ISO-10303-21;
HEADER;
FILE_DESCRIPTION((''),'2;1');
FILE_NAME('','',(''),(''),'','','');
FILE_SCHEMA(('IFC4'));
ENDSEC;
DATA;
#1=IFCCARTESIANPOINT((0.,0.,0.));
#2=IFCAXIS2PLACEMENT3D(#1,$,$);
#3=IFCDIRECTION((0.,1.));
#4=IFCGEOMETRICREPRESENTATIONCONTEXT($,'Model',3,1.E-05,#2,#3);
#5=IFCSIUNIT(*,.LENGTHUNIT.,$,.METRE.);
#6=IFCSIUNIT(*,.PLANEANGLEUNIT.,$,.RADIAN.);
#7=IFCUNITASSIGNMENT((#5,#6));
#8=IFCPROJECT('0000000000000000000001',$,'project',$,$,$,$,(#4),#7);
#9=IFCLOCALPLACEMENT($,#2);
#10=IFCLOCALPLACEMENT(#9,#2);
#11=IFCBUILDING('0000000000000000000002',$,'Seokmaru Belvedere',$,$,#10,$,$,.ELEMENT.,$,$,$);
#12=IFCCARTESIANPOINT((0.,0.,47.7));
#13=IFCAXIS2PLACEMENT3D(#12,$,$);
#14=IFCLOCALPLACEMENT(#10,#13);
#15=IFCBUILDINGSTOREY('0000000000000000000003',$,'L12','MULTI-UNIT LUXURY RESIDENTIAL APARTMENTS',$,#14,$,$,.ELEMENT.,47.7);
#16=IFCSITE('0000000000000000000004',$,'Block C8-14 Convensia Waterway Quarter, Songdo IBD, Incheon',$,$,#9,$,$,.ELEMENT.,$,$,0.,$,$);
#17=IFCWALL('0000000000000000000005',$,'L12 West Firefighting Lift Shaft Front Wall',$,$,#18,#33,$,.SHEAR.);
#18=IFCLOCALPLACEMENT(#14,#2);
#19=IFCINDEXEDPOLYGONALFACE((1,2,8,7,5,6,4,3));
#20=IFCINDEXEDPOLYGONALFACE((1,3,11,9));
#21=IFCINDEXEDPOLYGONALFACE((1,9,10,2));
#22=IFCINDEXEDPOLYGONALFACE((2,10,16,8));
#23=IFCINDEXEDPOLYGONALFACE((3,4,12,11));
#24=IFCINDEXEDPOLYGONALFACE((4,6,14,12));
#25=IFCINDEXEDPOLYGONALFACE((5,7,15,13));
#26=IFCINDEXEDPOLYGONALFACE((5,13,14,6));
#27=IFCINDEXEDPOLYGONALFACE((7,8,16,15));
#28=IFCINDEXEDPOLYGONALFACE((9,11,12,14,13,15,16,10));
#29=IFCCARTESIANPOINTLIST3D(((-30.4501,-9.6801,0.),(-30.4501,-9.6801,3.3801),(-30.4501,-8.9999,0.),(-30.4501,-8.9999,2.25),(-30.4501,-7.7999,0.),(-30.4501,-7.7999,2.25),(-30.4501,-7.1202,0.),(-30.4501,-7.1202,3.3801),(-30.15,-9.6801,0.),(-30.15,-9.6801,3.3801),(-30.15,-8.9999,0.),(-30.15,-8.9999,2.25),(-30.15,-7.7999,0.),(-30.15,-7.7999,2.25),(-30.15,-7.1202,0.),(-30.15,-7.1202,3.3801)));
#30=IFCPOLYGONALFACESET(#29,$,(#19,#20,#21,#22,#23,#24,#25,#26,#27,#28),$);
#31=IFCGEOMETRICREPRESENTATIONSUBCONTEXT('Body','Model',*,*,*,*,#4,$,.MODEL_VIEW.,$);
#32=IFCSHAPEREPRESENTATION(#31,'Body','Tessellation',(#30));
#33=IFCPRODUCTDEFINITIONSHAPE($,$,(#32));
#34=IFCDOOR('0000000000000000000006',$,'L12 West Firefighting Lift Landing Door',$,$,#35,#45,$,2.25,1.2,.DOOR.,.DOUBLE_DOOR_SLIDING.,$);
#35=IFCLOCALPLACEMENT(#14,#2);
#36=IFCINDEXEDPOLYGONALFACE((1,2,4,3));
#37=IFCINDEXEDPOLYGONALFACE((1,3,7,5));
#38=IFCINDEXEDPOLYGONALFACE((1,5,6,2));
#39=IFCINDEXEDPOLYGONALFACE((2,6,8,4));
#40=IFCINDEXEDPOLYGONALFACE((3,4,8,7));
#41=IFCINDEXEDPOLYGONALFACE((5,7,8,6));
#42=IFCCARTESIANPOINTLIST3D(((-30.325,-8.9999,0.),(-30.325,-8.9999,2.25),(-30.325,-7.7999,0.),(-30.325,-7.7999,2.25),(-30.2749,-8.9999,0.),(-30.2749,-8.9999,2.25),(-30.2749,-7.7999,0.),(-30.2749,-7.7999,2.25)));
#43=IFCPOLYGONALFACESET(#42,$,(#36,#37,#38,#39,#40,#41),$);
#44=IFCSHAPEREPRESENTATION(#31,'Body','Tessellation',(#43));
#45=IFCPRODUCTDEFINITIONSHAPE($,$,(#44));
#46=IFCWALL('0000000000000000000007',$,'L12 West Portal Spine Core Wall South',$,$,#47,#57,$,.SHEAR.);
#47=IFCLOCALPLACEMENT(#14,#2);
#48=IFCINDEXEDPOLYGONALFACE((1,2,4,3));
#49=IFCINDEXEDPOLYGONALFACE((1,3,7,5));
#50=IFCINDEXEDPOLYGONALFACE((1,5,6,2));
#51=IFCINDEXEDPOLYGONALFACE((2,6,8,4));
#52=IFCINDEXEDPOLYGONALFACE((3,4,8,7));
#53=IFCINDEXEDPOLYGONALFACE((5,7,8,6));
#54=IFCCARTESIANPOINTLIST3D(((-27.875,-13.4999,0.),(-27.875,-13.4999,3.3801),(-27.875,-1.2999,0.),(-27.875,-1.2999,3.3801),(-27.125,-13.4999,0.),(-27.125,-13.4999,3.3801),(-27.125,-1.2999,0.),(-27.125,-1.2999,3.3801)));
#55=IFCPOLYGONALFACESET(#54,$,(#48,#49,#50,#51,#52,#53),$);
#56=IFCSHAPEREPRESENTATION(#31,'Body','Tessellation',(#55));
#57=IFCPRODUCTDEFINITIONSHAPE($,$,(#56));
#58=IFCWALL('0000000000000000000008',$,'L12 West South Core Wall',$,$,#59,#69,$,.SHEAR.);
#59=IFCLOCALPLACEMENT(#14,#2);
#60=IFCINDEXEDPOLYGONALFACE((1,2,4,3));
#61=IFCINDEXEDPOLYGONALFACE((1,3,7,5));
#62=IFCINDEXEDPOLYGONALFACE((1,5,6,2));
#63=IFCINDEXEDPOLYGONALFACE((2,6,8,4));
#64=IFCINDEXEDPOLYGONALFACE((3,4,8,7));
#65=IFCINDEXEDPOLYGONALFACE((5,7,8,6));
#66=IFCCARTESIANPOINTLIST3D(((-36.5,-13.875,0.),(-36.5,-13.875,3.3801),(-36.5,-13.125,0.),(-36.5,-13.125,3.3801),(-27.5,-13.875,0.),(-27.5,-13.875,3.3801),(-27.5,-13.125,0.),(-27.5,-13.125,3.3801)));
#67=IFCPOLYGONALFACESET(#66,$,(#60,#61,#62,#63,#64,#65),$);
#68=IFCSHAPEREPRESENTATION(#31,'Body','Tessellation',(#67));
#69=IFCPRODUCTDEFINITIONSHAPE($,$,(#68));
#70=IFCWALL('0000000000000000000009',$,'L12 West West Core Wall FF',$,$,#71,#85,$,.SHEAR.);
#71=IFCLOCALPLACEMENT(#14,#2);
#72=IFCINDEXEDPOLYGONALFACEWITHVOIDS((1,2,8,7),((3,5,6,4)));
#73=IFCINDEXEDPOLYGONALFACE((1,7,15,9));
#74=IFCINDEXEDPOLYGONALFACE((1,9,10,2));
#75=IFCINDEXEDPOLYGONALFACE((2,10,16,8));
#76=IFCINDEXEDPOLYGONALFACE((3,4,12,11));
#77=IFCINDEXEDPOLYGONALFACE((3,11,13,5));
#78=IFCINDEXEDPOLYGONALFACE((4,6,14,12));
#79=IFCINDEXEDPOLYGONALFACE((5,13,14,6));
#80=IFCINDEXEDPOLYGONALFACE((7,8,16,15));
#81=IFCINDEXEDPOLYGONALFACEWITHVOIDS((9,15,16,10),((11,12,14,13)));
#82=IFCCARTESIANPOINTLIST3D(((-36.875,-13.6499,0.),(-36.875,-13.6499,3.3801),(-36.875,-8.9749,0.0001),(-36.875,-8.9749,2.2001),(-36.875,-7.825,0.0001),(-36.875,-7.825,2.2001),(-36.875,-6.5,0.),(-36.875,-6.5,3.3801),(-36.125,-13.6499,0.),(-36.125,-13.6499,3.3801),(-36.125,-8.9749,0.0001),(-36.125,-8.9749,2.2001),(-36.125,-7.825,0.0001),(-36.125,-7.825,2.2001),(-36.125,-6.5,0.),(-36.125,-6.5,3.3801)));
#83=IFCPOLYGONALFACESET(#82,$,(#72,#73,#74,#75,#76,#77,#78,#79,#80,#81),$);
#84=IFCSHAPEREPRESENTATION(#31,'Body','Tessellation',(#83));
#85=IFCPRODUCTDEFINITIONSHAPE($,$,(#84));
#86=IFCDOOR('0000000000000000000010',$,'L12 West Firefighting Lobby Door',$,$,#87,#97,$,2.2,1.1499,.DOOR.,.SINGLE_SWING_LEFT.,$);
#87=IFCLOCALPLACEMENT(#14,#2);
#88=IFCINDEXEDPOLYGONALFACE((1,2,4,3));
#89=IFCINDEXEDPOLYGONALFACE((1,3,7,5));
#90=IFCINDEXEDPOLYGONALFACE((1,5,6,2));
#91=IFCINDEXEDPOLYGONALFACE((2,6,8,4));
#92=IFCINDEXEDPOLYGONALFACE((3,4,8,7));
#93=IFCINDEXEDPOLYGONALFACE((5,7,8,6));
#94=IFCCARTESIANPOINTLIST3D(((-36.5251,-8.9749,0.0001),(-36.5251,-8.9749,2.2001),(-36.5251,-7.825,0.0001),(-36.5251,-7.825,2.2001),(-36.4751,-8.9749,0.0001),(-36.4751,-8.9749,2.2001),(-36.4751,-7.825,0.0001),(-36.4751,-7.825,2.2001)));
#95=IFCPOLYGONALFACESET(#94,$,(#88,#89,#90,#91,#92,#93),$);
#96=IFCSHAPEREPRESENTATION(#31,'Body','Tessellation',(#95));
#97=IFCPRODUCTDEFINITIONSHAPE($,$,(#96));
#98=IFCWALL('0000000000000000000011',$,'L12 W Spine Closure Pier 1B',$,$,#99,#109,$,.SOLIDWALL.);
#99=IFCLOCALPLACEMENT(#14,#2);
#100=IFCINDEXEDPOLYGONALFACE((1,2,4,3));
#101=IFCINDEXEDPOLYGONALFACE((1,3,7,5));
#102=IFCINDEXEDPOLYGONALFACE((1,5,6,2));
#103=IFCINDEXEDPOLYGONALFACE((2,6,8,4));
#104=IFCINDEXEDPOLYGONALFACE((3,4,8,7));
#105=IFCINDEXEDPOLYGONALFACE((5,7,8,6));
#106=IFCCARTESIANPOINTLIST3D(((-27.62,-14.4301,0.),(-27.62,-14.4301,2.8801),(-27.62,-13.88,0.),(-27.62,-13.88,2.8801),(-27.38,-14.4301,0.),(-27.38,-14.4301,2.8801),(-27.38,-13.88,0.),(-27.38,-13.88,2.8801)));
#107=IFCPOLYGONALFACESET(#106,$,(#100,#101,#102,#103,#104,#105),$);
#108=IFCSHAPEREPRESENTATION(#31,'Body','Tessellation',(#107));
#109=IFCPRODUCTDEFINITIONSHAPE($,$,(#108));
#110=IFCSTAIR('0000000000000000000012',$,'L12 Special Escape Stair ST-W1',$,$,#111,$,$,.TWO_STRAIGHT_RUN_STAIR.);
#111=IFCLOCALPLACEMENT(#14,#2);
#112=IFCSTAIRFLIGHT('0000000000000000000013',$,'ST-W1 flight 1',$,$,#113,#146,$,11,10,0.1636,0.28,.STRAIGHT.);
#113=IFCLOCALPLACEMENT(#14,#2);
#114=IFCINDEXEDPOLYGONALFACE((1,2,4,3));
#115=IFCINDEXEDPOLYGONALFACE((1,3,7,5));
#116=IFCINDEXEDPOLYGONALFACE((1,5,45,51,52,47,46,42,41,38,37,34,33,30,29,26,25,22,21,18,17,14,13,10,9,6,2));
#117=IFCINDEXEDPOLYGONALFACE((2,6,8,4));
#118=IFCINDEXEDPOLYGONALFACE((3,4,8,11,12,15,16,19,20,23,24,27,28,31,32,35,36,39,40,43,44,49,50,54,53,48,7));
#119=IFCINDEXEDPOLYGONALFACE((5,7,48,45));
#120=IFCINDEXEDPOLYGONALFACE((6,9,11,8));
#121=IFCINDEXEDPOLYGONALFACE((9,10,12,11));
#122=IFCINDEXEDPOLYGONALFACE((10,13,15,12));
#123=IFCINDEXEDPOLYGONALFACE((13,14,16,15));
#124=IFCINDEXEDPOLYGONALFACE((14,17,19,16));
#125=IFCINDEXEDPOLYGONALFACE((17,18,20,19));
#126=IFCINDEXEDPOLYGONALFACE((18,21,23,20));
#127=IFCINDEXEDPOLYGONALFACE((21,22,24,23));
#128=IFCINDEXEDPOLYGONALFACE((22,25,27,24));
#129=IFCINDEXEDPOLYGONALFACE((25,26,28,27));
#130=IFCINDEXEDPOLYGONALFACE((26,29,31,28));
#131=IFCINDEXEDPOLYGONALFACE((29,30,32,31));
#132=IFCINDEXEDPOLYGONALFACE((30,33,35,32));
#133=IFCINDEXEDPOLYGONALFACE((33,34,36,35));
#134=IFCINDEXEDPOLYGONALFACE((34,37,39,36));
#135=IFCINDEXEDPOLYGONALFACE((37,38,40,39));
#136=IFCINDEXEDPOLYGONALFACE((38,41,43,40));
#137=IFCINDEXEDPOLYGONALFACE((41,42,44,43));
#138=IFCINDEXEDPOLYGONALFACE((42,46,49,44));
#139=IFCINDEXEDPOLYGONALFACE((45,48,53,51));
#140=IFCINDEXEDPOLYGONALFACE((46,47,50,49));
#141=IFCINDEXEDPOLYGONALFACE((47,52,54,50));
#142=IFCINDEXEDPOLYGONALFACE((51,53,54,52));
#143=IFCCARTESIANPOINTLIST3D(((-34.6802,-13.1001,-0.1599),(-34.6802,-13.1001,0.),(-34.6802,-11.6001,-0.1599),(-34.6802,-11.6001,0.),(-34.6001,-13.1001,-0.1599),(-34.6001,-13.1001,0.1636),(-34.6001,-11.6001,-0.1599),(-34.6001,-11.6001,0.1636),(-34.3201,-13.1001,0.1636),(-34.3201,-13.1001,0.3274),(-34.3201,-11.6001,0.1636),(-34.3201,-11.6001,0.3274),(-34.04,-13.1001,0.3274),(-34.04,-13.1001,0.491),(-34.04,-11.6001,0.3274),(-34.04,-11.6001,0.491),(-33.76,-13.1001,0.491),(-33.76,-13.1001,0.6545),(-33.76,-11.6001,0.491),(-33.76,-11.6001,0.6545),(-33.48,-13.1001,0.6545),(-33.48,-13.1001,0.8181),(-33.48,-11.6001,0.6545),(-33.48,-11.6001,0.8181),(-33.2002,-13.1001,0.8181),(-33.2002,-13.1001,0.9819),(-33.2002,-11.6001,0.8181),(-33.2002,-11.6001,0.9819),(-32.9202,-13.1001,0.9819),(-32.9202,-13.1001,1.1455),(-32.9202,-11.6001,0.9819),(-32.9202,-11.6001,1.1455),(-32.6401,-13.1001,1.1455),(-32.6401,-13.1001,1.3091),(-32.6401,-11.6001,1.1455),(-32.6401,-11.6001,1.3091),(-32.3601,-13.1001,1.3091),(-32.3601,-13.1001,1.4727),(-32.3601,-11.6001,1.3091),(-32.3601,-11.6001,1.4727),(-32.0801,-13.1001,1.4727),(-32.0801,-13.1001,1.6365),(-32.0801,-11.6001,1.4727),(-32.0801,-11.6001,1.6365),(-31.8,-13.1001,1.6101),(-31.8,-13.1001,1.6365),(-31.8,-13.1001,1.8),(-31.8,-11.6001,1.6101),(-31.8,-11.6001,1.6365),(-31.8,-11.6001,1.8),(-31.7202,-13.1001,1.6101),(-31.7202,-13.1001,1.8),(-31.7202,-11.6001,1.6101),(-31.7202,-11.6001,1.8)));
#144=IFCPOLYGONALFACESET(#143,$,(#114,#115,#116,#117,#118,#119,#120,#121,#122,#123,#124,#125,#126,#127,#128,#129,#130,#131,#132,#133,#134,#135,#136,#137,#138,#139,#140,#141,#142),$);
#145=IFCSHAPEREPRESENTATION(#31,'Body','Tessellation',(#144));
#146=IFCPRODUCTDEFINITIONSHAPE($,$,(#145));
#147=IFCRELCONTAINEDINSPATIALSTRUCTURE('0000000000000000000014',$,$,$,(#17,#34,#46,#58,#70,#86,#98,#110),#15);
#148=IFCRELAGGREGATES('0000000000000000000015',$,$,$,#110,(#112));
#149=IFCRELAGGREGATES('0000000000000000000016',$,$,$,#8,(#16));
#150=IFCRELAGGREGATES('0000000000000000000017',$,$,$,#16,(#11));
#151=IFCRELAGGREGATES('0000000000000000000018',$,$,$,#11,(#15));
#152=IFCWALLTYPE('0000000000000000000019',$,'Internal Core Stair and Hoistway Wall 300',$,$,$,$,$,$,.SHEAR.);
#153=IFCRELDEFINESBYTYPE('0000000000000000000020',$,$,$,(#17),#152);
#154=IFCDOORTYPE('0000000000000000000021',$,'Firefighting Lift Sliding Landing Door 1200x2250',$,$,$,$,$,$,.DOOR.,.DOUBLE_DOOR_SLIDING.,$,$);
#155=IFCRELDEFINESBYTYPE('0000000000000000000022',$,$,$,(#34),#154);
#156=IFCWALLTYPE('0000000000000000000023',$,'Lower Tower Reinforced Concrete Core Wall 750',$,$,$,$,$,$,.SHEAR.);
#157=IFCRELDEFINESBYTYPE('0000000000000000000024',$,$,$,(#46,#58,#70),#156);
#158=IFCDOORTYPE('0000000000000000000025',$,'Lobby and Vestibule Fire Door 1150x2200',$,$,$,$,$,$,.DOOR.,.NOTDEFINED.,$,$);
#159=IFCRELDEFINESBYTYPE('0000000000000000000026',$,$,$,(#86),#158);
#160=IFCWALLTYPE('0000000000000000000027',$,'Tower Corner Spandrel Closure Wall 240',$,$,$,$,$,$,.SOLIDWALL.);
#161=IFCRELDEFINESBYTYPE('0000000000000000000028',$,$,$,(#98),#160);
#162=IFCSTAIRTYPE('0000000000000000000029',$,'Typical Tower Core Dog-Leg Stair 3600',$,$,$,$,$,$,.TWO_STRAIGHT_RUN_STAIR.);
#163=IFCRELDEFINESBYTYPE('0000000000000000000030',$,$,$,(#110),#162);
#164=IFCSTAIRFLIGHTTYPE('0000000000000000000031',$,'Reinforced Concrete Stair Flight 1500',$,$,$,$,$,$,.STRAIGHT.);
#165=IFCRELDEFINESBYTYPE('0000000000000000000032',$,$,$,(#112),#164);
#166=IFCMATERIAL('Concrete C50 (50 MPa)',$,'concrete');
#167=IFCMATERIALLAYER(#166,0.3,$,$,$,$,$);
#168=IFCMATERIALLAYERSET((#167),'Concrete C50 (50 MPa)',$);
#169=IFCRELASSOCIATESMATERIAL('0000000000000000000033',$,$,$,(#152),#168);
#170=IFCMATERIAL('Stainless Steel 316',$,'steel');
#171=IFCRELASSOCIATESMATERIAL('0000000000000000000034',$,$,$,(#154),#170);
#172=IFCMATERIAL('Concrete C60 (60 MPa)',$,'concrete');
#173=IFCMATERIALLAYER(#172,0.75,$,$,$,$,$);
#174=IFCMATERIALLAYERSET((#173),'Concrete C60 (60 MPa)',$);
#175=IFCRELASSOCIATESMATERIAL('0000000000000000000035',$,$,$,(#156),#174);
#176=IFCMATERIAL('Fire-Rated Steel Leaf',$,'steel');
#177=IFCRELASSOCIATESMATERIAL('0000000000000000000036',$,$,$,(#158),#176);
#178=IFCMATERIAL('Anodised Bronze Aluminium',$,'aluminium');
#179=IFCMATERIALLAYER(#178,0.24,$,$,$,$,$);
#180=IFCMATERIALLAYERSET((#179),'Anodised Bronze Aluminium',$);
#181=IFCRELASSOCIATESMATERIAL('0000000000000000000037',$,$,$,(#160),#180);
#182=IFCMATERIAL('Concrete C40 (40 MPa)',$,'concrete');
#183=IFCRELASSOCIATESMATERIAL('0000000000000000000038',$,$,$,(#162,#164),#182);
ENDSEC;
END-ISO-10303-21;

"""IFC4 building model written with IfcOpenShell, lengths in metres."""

from ifc_helpers import new_model, si_unit, direction, frame, frame_2d, origin, place, context, subcontext, project, spatial, polyline, rectangle, outline, extrude, source, transform, mapped, material, layer, layer_set, type_object, type_shapes, element, fill, aggregate, save


model = new_model("IFC4")

# Units and contexts
model_context = context("Model", 3, precision=1e-05, world=origin(), true_north=direction((0.0, 1.0)))
body_context = subcontext(model_context, "Body", "Model", "MODEL_VIEW")
ifc_project = project(units=[si_unit("LENGTHUNIT", "METRE"), si_unit("PLANEANGLEUNIT", "RADIAN")], contexts=[model_context])

# Site, building, storey
site_placement = place(None, origin())
site = spatial("IfcSite", under=ifc_project, at=site_placement, Name="Block C8-14 Convensia Waterway Quarter, Songdo IBD, Incheon", CompositionType="ELEMENT", RefElevation=0.0)
building_placement = place(site_placement, origin())
building = spatial("IfcBuilding", under=site, at=building_placement, Name="Seokmaru Belvedere", CompositionType="ELEMENT")
storey_placement = place(building_placement, frame((0.0, 0.0, 47.7)))
storey = spatial("IfcBuildingStorey", under=building, at=storey_placement, Name="L12", Description="MULTI-UNIT LUXURY RESIDENTIAL APARTMENTS", CompositionType="ELEMENT", Elevation=47.7)

# Shared definitions
ifc_material_1 = material(Name="Anodised Bronze Aluminium", Category="aluminium")

# Wall, opening, door
ifc_material_2 = material(Name="Concrete C50 (50 MPa)", Category="concrete")
ifc_layer_1 = layer(ifc_material_2, 0.3)
ifc_layer_set_1 = layer_set([ifc_layer_1], Name="Concrete C50 (50 MPa)")
wall_type_1 = type_object("IfcWallType", Name="Internal Core Stair and Hoistway Wall 300", PredefinedType="SHEAR", material=ifc_layer_set_1)
ifc_material_3 = material(Name="Fire-Rated Steel Leaf", Category="steel")
wall_1_placement = place(storey_placement, frame((-30.3, -9.6799, 0.0), z_axis=(0.0, 0.0, 1.0), x_axis=(0.0, 1.0, 0.0)))
wall_1 = element("IfcWall", 1, at=wall_1_placement, inside=storey, type_object=wall_type_1, Name="L12 West Firefighting Lift Shaft Front Wall", PredefinedType="SHEAR", context=body_context, shape_type="SweptSolid", body=[
    extrude(rectangle(XDim=2.5598, YDim=0.3, at=frame_2d((1.2798, 0.0))), origin(), (0.0, 0.0, 1.0), 3.3801),
])
opening_1_placement = place(wall_1_placement, frame((0.6799, 0.0, 0.0)))
opening_1 = element("IfcOpeningElement", 2, at=opening_1_placement, cuts=wall_1, PredefinedType="OPENING", context=body_context, shape_type="SweptSolid", body=[
    extrude(rectangle(XDim=1.2, YDim=2.25, at=frame_2d((0.6001, 1.125))), frame((0.0, 0.1602, 0.0), z_axis=(0.0, -1.0, 0.0), x_axis=(1.0, 0.0, 0.0)), (0.0, 0.0, 1.0), 0.3201),
])
ifc_material_4 = material(Name="Stainless Steel 316", Category="steel")
door_type_1 = type_object("IfcDoorType", Name="Firefighting Lift Sliding Landing Door 1200x2250", OperationType="DOUBLE_DOOR_SLIDING", PredefinedType="DOOR", material=ifc_material_4)
shared_shape_1 = source(origin(), body_context, "Body", "SweptSolid", [
    extrude(rectangle(XDim=1.2, YDim=2.25, at=frame_2d((0.6001, 1.125))), frame((0.0, 0.0249, 0.0), z_axis=(0.0, -1.0, 0.0), x_axis=(1.0, 0.0, 0.0)), (0.0, 0.0, 1.0), 0.05),
])
type_shapes(door_type_1, [shared_shape_1])
door_1_placement = place(opening_1_placement, origin())
door_1 = element("IfcDoor", 3, at=door_1_placement, inside=storey, type_object=door_type_1, Name="L12 West Firefighting Lift Landing Door", OperationType="DOUBLE_DOOR_SLIDING", OverallHeight=2.25, OverallWidth=1.2, PredefinedType="DOOR", context=body_context, shape_type="MappedRepresentation", body=[
    mapped(shared_shape_1, transform((0.0, 0.0, 0.0), scale=1.0)),
])
fill(opening_1, door_1)

# Walls
ifc_material_5 = material(Name="Concrete C60 (60 MPa)", Category="concrete")
ifc_layer_2 = layer(ifc_material_5, 0.75)
ifc_layer_set_2 = layer_set([ifc_layer_2], Name="Concrete C60 (60 MPa)")
wall_type_2 = type_object("IfcWallType", Name="Lower Tower Reinforced Concrete Core Wall 750", PredefinedType="SHEAR", material=ifc_layer_set_2)
wall_2_placement = place(storey_placement, frame((-27.5, -13.5, 0.0), z_axis=(0.0, 0.0, 1.0), x_axis=(0.0, 1.0, 0.0)))
element("IfcWall", 4, at=wall_2_placement, inside=storey, type_object=wall_type_2, Name="L12 West Portal Spine Core Wall South", PredefinedType="SHEAR", context=body_context, shape_type="SweptSolid", body=[
    extrude(rectangle(XDim=12.2, YDim=0.75, at=frame_2d((6.1001, 0.0))), origin(), (0.0, 0.0, 1.0), 3.3801),
])
wall_3_placement = place(storey_placement, frame((-36.5, -13.5, 0.0), z_axis=(0.0, 0.0, 1.0), x_axis=(1.0, 0.0, 0.0)))
element("IfcWall", 5, at=wall_3_placement, inside=storey, type_object=wall_type_2, Name="L12 West South Core Wall", PredefinedType="SHEAR", context=body_context, shape_type="SweptSolid", body=[
    extrude(rectangle(XDim=9.0, YDim=0.75, at=frame_2d((4.5, 0.0))), origin(), (0.0, 0.0, 1.0), 3.3801),
])

# Wall, opening, door
wall_4_placement = place(storey_placement, frame((-36.5, -13.6499, 0.0), z_axis=(0.0, 0.0, 1.0), x_axis=(0.0, 1.0, 0.0)))
wall_4 = element("IfcWall", 6, at=wall_4_placement, inside=storey, type_object=wall_type_2, Name="L12 West West Core Wall FF", PredefinedType="SHEAR", context=body_context, shape_type="SweptSolid", body=[
    extrude(rectangle(XDim=7.1499, YDim=0.75, at=frame_2d((3.575, 0.0))), origin(), (0.0, 0.0, 1.0), 3.3801),
])
opening_2_placement = place(wall_4_placement, frame((4.675, 0.0, 0.0)))
opening_2 = element("IfcOpeningElement", 7, at=opening_2_placement, cuts=wall_4, PredefinedType="OPENING", context=body_context, shape_type="SweptSolid", body=[
    extrude(rectangle(XDim=1.1499, YDim=2.2, at=frame_2d((0.575, 1.1001))), frame((0.0, 0.385, 0.0), z_axis=(0.0, -1.0, 0.0), x_axis=(1.0, 0.0, 0.0)), (0.0, 0.0, 1.0), 0.77),
])
door_type_2 = type_object("IfcDoorType", Name="Lobby and Vestibule Fire Door 1150x2200", OperationType="NOTDEFINED", PredefinedType="DOOR", material=ifc_material_3)
shared_shape_2 = source(origin(), body_context, "Body", "SweptSolid", [
    extrude(rectangle(XDim=1.1499, YDim=2.2, at=frame_2d((0.575, 1.1001))), frame((0.0, 0.0249, 0.0), z_axis=(0.0, -1.0, 0.0), x_axis=(1.0, 0.0, 0.0)), (0.0, 0.0, 1.0), 0.05),
])
type_shapes(door_type_2, [shared_shape_2])
door_2_placement = place(opening_2_placement, frame((1.1499, 0.0, 0.0), z_axis=(0.0, 0.0, 1.0), x_axis=(-1.0, 0.0, 0.0)))
door_2 = element("IfcDoor", 8, at=door_2_placement, inside=storey, type_object=door_type_2, Name="L12 West Firefighting Lobby Door", OperationType="SINGLE_SWING_LEFT", OverallHeight=2.2, OverallWidth=1.1499, PredefinedType="DOOR", context=body_context, shape_type="MappedRepresentation", body=[
    mapped(shared_shape_2, transform((0.0, 0.0, 0.0), scale=1.0)),
])
fill(opening_2, door_2)

# Wall
ifc_layer_3 = layer(ifc_material_1, 0.24)
ifc_layer_set_3 = layer_set([ifc_layer_3], Name="Anodised Bronze Aluminium")
wall_type_3 = type_object("IfcWallType", Name="Tower Corner Spandrel Closure Wall 240", PredefinedType="SOLIDWALL", material=ifc_layer_set_3)
wall_5_placement = place(storey_placement, frame((-27.5, -14.4299, 0.0), z_axis=(0.0, 0.0, 1.0), x_axis=(0.0, 1.0, 0.0)))
element("IfcWall", 9, at=wall_5_placement, inside=storey, type_object=wall_type_3, Name="L12 W Spine Closure Pier 1B", PredefinedType="SOLIDWALL", context=body_context, shape_type="SweptSolid", body=[
    extrude(rectangle(XDim=0.55, YDim=0.24, at=frame_2d((0.2749, 0.0))), origin(), (0.0, 0.0, 1.0), 2.8801),
])

# Stair, stair flight
ifc_material_6 = material(Name="Concrete C40 (40 MPa)", Category="concrete")
stair_type = type_object("IfcStairType", Name="Typical Tower Core Dog-Leg Stair 3600", PredefinedType="TWO_STRAIGHT_RUN_STAIR", material=ifc_material_6)
stair_placement = place(storey_placement, origin())
stair = element("IfcStair", 10, at=stair_placement, inside=storey, type_object=stair_type, Name="L12 Special Escape Stair ST-W1", PredefinedType="TWO_STRAIGHT_RUN_STAIR")
stair_flight_type = type_object("IfcStairFlightType", Name="Reinforced Concrete Stair Flight 1500", PredefinedType="STRAIGHT", material=ifc_material_6)
stair_flight_1_placement = place(storey_placement, frame((-34.6001, -12.3501, 0.0), z_axis=(0.0, 0.0, 1.0), x_axis=(1.0, 0.0, 0.0)))
stair_flight_1 = element("IfcStairFlight", 11, at=stair_flight_1_placement, type_object=stair_flight_type, Name="ST-W1 flight 1", NumberOfRisers=11, NumberOfTreads=10, PredefinedType="STRAIGHT", RiserHeight=0.1636, TreadLength=0.28, context=body_context, shape_type="SweptSolid", body=[
    extrude(outline(polyline([(-0.0801, 0.0), (0.0, 0.1636), (0.28, 0.1636), (0.28, 0.3274), (0.5601, 0.3274), (0.5601, 0.491), (0.8401, 0.491), (0.8401, 0.6545), (1.1201, 0.6545), (1.1201, 0.8181), (1.3999, 0.8181), (1.3999, 0.9819), (1.6799, 0.9819), (1.6799, 1.1455), (1.96, 1.1455), (1.96, 1.3091), (2.24, 1.3091), (2.24, 1.4727), (2.52, 1.4727), (2.52, 1.6365), (2.8, 1.6365), (2.8, 1.8), (2.8799, 1.8), (2.8799, 1.6101), (2.8, 1.6101), (0.0, -0.1599), (-0.0801, -0.1599), (-0.0801, 0.0)])), frame((0.0, 0.75, 0.0), z_axis=(0.0, -1.0, 0.0), x_axis=(1.0, 0.0, 0.0)), (0.0, 0.0, 1.0), 1.5),
])
aggregate(stair, [stair_flight_1])

save(model, "model.ifc")
